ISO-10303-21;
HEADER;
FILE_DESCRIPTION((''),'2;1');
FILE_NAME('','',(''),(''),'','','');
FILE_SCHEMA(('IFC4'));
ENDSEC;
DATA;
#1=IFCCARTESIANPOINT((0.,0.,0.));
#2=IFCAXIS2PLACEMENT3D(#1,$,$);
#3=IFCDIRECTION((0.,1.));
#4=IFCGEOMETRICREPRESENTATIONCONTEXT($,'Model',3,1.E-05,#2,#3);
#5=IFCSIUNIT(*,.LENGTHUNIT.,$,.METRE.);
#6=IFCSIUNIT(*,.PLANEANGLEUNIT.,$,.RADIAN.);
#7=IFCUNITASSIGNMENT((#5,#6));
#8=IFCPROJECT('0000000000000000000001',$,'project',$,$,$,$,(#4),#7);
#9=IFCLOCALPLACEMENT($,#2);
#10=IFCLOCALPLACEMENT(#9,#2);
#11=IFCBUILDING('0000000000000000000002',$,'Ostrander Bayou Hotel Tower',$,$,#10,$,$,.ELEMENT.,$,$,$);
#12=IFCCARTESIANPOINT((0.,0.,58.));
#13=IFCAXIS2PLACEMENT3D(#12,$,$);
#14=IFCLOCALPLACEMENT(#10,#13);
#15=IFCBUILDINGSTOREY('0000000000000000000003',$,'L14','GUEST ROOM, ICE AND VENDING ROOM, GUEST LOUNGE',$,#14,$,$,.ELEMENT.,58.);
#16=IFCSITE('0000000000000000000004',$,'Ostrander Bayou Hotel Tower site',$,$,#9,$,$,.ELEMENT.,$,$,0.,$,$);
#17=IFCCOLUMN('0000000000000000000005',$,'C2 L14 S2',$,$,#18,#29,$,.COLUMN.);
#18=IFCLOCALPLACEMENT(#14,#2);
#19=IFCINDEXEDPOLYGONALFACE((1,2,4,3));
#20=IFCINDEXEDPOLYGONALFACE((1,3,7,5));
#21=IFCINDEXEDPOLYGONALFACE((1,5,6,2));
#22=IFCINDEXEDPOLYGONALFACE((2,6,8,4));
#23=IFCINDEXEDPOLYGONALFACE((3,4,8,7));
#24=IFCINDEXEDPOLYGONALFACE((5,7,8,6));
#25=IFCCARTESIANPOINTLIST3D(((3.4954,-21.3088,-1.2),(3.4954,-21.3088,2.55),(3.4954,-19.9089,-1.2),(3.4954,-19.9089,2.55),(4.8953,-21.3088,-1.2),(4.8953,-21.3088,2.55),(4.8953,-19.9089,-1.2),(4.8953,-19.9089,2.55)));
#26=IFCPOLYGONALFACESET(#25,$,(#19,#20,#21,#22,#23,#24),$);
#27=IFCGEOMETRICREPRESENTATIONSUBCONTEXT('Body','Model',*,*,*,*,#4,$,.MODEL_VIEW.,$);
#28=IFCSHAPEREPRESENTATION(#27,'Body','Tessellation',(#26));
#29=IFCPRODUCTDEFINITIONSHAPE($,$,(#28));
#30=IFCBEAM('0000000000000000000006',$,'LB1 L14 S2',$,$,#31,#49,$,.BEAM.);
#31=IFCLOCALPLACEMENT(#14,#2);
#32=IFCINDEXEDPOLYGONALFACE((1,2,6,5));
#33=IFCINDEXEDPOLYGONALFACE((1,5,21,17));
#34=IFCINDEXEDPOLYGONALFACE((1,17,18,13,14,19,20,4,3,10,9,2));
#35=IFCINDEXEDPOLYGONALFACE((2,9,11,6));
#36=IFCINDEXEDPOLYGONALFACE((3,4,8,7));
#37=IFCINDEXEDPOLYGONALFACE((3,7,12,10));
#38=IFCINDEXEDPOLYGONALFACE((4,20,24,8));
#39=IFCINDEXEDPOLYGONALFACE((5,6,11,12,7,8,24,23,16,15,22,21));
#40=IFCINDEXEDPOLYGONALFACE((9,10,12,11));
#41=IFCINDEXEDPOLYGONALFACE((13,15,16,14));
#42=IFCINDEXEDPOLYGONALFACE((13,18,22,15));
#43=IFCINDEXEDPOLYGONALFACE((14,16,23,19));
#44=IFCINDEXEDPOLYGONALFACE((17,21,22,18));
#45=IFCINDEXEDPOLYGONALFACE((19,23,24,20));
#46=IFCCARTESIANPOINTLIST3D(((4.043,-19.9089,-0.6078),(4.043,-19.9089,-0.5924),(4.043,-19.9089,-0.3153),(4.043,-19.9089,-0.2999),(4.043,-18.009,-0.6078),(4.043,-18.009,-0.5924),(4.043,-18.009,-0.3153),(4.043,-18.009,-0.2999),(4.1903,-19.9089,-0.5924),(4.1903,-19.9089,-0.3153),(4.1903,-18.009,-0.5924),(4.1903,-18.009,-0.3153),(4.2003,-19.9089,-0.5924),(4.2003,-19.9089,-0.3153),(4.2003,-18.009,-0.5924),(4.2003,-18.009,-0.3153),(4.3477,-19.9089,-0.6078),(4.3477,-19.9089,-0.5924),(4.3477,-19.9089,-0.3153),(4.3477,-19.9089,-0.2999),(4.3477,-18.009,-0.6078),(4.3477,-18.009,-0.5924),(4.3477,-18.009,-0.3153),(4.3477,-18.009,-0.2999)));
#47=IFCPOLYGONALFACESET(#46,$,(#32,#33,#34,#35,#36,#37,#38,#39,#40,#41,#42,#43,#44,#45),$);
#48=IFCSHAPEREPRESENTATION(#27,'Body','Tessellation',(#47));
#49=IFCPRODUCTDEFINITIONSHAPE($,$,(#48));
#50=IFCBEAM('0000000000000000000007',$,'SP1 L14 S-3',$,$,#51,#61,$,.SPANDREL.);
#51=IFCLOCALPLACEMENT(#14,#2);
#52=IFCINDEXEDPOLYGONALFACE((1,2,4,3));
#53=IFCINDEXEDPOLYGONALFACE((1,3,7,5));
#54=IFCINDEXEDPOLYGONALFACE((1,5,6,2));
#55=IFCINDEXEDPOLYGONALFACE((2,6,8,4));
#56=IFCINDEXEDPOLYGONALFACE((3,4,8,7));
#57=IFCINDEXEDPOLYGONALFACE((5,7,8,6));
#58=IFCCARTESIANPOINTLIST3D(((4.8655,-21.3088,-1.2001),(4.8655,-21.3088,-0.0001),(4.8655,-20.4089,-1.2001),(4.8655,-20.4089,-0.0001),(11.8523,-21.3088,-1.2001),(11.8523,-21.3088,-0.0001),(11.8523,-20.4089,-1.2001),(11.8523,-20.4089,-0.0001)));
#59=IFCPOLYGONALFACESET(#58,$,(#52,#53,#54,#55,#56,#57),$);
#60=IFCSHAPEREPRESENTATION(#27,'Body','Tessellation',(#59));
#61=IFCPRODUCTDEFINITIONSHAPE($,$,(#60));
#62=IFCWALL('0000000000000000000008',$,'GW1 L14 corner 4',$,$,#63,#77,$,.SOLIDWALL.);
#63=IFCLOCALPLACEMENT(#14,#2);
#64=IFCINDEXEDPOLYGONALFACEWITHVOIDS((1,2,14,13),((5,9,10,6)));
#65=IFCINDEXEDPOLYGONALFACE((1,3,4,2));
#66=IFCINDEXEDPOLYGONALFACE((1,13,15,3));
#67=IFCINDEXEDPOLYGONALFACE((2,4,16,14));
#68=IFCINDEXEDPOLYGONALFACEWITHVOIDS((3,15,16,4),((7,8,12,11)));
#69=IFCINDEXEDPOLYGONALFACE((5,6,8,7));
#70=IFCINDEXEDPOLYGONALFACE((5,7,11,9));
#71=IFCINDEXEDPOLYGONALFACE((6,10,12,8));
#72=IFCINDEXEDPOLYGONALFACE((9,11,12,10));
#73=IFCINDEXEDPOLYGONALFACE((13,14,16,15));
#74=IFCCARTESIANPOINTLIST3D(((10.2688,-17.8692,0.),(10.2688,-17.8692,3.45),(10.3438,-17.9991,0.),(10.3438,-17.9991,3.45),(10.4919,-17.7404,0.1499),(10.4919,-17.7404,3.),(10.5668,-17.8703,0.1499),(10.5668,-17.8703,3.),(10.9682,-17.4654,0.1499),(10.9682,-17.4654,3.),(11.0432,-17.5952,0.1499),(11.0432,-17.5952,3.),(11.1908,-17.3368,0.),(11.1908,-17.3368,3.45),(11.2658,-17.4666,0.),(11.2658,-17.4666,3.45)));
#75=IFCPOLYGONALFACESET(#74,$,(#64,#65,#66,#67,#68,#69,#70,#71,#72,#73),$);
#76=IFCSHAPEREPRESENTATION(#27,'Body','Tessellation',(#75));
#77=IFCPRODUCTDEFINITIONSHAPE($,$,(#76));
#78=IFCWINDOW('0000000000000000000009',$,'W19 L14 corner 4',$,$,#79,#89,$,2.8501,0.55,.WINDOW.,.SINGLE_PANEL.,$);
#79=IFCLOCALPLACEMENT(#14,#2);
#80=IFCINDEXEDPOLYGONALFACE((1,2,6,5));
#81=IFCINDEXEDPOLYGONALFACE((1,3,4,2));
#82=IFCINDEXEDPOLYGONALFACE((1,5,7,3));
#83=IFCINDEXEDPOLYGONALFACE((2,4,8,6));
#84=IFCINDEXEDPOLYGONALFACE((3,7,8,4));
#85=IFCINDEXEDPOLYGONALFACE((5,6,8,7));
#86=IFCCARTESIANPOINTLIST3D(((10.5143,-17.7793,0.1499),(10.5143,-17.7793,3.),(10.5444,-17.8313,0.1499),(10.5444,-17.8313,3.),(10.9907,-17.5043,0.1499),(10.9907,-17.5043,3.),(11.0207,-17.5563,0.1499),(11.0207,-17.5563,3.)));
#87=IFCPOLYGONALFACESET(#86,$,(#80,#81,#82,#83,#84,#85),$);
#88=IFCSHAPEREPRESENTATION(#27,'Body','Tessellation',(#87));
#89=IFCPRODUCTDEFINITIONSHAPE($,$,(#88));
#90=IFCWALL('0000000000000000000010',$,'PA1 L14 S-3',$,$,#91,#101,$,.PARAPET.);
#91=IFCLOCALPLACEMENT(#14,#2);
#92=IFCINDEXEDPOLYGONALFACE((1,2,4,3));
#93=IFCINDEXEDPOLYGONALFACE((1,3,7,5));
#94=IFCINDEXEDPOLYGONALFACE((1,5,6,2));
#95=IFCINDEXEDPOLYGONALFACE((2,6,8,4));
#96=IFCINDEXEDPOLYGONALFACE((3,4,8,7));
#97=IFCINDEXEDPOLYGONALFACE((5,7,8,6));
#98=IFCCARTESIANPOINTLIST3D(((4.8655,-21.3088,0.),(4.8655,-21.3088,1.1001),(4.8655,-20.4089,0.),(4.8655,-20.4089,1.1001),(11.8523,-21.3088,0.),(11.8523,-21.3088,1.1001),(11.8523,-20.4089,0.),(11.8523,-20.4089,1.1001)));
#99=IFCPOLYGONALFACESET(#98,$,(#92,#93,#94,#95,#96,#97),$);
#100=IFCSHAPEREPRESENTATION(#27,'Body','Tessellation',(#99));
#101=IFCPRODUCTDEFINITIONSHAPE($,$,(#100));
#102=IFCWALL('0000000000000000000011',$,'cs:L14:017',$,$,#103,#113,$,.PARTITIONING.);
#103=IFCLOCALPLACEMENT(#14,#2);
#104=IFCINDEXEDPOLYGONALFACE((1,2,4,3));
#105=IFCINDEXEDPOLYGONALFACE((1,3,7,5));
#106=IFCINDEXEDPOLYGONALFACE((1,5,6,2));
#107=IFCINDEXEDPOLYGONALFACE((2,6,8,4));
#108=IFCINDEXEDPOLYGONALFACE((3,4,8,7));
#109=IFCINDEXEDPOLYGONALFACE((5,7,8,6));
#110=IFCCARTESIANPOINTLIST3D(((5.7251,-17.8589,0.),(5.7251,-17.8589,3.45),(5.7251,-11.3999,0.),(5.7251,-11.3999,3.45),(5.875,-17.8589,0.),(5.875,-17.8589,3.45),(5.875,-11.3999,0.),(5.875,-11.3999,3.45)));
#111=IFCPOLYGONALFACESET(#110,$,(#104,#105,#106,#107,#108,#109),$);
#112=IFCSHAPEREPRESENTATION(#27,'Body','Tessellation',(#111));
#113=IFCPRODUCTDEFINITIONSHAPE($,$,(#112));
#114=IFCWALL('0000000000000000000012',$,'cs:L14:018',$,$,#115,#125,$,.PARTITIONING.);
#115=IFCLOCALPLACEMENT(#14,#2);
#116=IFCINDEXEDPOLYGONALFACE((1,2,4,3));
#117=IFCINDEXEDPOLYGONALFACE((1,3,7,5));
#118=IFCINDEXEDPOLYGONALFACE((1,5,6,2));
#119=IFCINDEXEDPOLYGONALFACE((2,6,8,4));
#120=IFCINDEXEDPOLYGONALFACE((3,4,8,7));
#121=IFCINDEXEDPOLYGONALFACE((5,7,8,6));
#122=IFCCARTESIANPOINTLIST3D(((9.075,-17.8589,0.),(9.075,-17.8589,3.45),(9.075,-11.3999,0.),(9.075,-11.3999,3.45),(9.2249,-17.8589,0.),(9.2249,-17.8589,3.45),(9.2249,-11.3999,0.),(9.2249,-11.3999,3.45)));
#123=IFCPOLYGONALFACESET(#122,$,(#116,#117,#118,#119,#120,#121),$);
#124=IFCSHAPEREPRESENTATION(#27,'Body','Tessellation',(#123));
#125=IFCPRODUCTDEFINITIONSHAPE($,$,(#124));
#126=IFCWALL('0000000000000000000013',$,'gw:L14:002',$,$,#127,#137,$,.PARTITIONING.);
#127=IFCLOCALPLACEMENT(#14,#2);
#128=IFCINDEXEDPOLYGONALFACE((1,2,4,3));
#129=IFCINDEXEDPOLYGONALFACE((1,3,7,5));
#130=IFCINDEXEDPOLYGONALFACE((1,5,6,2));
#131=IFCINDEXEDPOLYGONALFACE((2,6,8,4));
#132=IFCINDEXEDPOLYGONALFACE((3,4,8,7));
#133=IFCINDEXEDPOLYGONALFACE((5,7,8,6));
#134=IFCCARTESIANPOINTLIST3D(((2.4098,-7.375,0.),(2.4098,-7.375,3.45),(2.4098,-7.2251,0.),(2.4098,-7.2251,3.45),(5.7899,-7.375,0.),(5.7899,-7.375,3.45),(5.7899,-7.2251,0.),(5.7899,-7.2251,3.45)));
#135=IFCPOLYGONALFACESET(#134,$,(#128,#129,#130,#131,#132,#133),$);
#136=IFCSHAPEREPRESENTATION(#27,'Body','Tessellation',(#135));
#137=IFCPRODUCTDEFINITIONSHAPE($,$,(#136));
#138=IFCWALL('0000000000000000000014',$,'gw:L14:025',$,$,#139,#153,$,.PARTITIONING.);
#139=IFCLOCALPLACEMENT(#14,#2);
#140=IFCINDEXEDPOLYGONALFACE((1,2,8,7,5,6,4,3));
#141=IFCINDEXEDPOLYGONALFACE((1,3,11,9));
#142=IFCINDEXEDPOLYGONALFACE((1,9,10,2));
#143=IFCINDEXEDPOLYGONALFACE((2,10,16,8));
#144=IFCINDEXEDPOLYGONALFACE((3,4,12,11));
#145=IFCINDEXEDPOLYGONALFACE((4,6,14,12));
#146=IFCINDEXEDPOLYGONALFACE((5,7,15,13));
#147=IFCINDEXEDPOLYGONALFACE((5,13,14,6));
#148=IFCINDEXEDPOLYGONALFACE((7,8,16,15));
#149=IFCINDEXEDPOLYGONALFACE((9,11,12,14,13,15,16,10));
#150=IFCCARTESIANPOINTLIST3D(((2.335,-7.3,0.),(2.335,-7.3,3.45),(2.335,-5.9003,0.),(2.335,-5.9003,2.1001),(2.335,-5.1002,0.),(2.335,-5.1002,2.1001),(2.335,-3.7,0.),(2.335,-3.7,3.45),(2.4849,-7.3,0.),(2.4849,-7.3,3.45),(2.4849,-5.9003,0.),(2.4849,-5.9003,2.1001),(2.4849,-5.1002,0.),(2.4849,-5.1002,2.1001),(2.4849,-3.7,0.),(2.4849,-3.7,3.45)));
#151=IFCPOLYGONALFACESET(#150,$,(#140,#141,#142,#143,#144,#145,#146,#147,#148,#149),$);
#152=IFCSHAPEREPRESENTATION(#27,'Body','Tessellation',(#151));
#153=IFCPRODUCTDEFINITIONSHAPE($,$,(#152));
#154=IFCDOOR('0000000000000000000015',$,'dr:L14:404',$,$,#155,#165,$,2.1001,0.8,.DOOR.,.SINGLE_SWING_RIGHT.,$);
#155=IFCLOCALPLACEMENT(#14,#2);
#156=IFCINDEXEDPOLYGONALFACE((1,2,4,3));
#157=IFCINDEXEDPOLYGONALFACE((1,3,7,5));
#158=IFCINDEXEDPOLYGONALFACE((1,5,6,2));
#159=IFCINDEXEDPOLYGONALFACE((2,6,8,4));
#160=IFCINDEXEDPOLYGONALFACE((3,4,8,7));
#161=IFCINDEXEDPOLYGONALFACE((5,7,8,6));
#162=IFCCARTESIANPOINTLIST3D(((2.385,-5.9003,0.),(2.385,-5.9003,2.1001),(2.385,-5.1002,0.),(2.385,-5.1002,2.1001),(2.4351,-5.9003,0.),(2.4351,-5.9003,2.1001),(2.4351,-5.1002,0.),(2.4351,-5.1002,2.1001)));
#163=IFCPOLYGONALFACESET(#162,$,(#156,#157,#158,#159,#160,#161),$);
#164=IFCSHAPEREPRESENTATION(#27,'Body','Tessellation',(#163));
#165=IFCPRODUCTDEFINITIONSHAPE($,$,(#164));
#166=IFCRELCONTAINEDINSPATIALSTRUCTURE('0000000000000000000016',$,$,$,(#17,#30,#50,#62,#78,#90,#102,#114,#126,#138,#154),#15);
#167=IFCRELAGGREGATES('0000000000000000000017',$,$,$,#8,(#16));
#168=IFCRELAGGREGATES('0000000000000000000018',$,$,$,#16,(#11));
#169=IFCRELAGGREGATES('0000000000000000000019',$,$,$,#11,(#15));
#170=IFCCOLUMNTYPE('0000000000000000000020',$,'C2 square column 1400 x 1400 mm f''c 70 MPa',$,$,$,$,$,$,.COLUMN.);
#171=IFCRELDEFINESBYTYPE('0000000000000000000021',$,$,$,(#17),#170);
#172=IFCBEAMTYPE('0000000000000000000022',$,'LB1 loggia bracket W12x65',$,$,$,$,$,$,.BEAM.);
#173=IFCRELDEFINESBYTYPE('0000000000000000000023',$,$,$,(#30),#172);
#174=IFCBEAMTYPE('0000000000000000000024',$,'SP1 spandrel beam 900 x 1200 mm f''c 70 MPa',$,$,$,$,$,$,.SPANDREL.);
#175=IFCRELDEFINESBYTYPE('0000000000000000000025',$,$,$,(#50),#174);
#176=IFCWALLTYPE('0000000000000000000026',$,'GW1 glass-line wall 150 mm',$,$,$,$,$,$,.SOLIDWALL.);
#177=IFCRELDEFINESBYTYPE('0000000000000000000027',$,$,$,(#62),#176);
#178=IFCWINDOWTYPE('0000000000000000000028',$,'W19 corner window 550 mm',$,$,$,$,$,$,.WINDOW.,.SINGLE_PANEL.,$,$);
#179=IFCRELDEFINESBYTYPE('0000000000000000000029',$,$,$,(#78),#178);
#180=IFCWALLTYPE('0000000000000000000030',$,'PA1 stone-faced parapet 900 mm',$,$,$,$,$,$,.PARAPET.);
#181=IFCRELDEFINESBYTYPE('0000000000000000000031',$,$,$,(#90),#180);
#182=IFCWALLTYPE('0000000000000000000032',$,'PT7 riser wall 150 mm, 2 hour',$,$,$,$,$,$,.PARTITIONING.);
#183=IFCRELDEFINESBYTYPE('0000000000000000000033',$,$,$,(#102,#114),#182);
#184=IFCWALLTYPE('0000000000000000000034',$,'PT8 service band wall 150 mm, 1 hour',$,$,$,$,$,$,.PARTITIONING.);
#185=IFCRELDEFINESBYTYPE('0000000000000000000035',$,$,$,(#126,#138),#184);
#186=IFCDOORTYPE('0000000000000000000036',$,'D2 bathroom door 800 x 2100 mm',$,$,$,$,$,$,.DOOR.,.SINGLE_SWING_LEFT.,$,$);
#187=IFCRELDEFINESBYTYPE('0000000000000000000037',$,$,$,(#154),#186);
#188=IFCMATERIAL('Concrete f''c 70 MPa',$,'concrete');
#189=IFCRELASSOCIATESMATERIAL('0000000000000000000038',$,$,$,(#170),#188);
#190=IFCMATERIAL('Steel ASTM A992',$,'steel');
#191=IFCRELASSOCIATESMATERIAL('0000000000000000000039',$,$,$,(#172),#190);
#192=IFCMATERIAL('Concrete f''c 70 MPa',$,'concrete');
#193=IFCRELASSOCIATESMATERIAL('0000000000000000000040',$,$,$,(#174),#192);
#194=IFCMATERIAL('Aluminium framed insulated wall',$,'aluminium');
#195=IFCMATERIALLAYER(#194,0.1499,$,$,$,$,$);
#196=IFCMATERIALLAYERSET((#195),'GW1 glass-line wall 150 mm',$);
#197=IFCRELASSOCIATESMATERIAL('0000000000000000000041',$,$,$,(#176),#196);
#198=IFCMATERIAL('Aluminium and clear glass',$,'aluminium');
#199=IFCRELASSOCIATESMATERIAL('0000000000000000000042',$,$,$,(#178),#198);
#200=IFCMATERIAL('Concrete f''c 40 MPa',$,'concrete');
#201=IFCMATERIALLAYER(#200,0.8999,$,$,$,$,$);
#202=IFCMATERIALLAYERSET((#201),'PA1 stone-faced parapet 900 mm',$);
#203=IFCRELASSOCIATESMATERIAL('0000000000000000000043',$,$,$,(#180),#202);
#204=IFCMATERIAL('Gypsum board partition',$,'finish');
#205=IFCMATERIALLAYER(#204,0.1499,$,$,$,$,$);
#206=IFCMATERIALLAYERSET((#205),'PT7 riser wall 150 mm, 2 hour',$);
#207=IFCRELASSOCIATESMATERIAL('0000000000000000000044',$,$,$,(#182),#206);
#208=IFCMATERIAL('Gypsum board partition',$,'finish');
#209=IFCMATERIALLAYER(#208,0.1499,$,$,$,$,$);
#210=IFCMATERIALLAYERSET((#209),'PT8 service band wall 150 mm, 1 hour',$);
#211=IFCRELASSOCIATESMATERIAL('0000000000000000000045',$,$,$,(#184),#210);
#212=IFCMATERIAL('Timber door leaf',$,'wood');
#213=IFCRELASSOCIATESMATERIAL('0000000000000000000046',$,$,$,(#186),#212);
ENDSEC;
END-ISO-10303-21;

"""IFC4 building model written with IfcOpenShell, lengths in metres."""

from ifc_helpers import new_model, si_unit, direction, frame, frame_2d, origin, origin_2d, place, context, subcontext, project, spatial, rectangle, i_section, extrude, material, layer, layer_set, material_profile, profile_set, type_object, element, fill, save


model = new_model("IFC4")

# Units and contexts
model_context = context("Model", 3, precision=1e-05, world=origin(), true_north=direction((0.0, 1.0)))
body_context = subcontext(model_context, "Body", "Model", "MODEL_VIEW")
ifc_project = project(units=[si_unit("LENGTHUNIT", "METRE"), si_unit("PLANEANGLEUNIT", "RADIAN")], contexts=[model_context])

# Site, building, storey
site_placement = place(None, origin())
site = spatial("IfcSite", under=ifc_project, at=site_placement, Name="Ostrander Bayou Hotel Tower site", CompositionType="ELEMENT", RefElevation=0.0)
building_placement = place(site_placement, origin())
building = spatial("IfcBuilding", under=site, at=building_placement, Name="Ostrander Bayou Hotel Tower", CompositionType="ELEMENT")
storey_placement = place(building_placement, frame((0.0, 0.0, 58.0)))
storey = spatial("IfcBuildingStorey", under=building, at=storey_placement, Name="L14", Description="GUEST ROOM, ICE AND VENDING ROOM, GUEST LOUNGE", CompositionType="ELEMENT", Elevation=58.0)

# Column
ifc_material_1 = material(Name="Concrete f'c 70 MPa", Category="concrete")
ifc_material_profile_1 = material_profile(ifc_material_1, rectangle(XDim=1.3999, YDim=1.3999, at=origin_2d()))
ifc_profile_set_1 = profile_set([ifc_material_profile_1], Name="Concrete f'c 70 MPa")
column_type = type_object("IfcColumnType", Name="C2 square column 1400 x 1400 mm f'c 70 MPa", PredefinedType="COLUMN", material=ifc_profile_set_1)
column_placement = place(storey_placement, frame((4.1953, -20.6089, -1.2), z_axis=(0.0, 0.0, 1.0), x_axis=(-1.0, 0.0, 0.0)))
element("IfcColumn", 1, at=column_placement, inside=storey, type_object=column_type, Name="C2 L14 S2", PredefinedType="COLUMN", context=body_context, shape_type="SweptSolid", body=[
    extrude(rectangle(XDim=1.3999, YDim=1.3999, at=origin_2d()), origin(), (0.0, 0.0, 1.0), 3.75),
])

# Beams
ifc_material_2 = material(Name="Steel ASTM A992", Category="steel")
ifc_material_profile_2 = material_profile(ifc_material_2, i_section(OverallWidth=0.3047, OverallDepth=0.3079, WebThickness=0.01, FlangeThickness=0.0154, at=origin_2d()))
ifc_profile_set_2 = profile_set([ifc_material_profile_2], Name="Steel ASTM A992")
beam_type_1 = type_object("IfcBeamType", Name="LB1 loggia bracket W12x65", PredefinedType="BEAM", material=ifc_profile_set_2)
beam_1_placement = place(storey_placement, frame((4.1953, -19.9089, -0.4539), z_axis=(0.0, 1.0, 0.0), x_axis=(-1.0, 0.0, 0.0)))
element("IfcBeam", 2, at=beam_1_placement, inside=storey, type_object=beam_type_1, Name="LB1 L14 S2", PredefinedType="BEAM", context=body_context, shape_type="SweptSolid", body=[
    extrude(i_section(OverallWidth=0.3047, OverallDepth=0.3079, WebThickness=0.01, FlangeThickness=0.0154, at=origin_2d()), origin(), (0.0, 0.0, 1.0), 1.8999),
])
ifc_material_3 = material(Name="Concrete f'c 70 MPa", Category="concrete")
ifc_material_profile_3 = material_profile(ifc_material_3, rectangle(XDim=0.8999, YDim=1.2, at=origin_2d()))
ifc_profile_set_3 = profile_set([ifc_material_profile_3], Name="Concrete f'c 70 MPa")
beam_type_2 = type_object("IfcBeamType", Name="SP1 spandrel beam 900 x 1200 mm f'c 70 MPa", PredefinedType="SPANDREL", material=ifc_profile_set_3)
beam_2_placement = place(storey_placement, frame((4.8655, -20.8589, -0.6001), z_axis=(1.0, 0.0, 0.0), x_axis=(0.0, 1.0, 0.0)))
element("IfcBeam", 3, at=beam_2_placement, inside=storey, type_object=beam_type_2, Name="SP1 L14 S-3", PredefinedType="SPANDREL", context=body_context, shape_type="SweptSolid", body=[
    extrude(rectangle(XDim=0.8999, YDim=1.2, at=origin_2d()), origin(), (0.0, 0.0, 1.0), 6.9868),
])

# Shared definitions
ifc_material_4 = material(Name="Aluminium framed insulated wall", Category="aluminium")
ifc_layer_1 = layer(ifc_material_4, 0.1499)
ifc_layer_set_1 = layer_set([ifc_layer_1], Name="GW1 glass-line wall 150 mm")
wall_type_1 = type_object("IfcWallType", Name="GW1 glass-line wall 150 mm", PredefinedType="SOLIDWALL", material=ifc_layer_set_1)

# Wall, opening, window
wall_1_placement = place(storey_placement, frame((10.3064, -17.9341, 0.0), z_axis=(0.0, 0.0, 1.0), x_axis=(0.865991, 0.50006, 0.0)))
wall_1 = element("IfcWall", 4, at=wall_1_placement, inside=storey, type_object=wall_type_1, Name="GW1 L14 corner 4", PredefinedType="SOLIDWALL", context=body_context, shape_type="SweptSolid", body=[
    extrude(rectangle(XDim=1.0647, YDim=0.1499, at=frame_2d((0.5322, 0.0))), origin(), (0.0, 0.0, 1.0), 3.45),
])
opening_1_placement = place(wall_1_placement, frame((0.2576, 0.0, 0.1499)))
opening_1 = element("IfcOpeningElement", 5, at=opening_1_placement, cuts=wall_1, PredefinedType="OPENING", context=body_context, shape_type="SweptSolid", body=[
    extrude(rectangle(XDim=0.55, YDim=2.8501, at=frame_2d((0.2749, 1.425))), frame((0.0, 0.075, 0.0), z_axis=(0.0, -1.0, 0.0), x_axis=(1.0, 0.0, 0.0)), (0.0, 0.0, 1.0), 0.1499),
])
ifc_material_5 = material(Name="Aluminium and clear glass", Category="aluminium")
window_type_1 = type_object("IfcWindowType", Name="W19 corner window 550 mm", PartitioningType="SINGLE_PANEL", PredefinedType="WINDOW", material=ifc_material_5)
window_1_placement = place(opening_1_placement, origin())
window_1 = element("IfcWindow", 6, at=window_1_placement, inside=storey, type_object=window_type_1, Name="W19 L14 corner 4", OverallHeight=2.8501, OverallWidth=0.55, PartitioningType="SINGLE_PANEL", PredefinedType="WINDOW", context=body_context, shape_type="SweptSolid", body=[
    extrude(rectangle(XDim=0.55, YDim=2.8501, at=frame_2d((0.2749, 1.425))), frame((0.0, 0.03, 0.0), z_axis=(0.0, -1.0, 0.0), x_axis=(1.0, 0.0, 0.0)), (0.0, 0.0, 1.0), 0.0601),
])
fill(opening_1, window_1)

# Walls
ifc_material_6 = material(Name="Concrete f'c 40 MPa", Category="concrete")
ifc_layer_2 = layer(ifc_material_6, 0.8999)
ifc_layer_set_2 = layer_set([ifc_layer_2], Name="PA1 stone-faced parapet 900 mm")
wall_type_2 = type_object("IfcWallType", Name="PA1 stone-faced parapet 900 mm", PredefinedType="PARAPET", material=ifc_layer_set_2)
wall_2_placement = place(storey_placement, frame((4.8655, -20.8589, 0.0), z_axis=(0.0, 0.0, 1.0), x_axis=(1.0, 0.0, 0.0)))
element("IfcWall", 7, at=wall_2_placement, inside=storey, type_object=wall_type_2, Name="PA1 L14 S-3", PredefinedType="PARAPET", context=body_context, shape_type="SweptSolid", body=[
    extrude(rectangle(XDim=6.9868, YDim=0.8999, at=frame_2d((3.4934, 0.0))), origin(), (0.0, 0.0, 1.0), 1.1001),
])
ifc_material_7 = material(Name="Gypsum board partition", Category="finish")
ifc_layer_3 = layer(ifc_material_7, 0.1499)
ifc_layer_set_3 = layer_set([ifc_layer_3], Name="PT7 riser wall 150 mm, 2 hour")
wall_type_3 = type_object("IfcWallType", Name="PT7 riser wall 150 mm, 2 hour", PredefinedType="PARTITIONING", material=ifc_layer_set_3)
for number, where, z_axis, x_axis, name in (
    (8, (5.8, -11.3999, 0.0), (0.0, 0.0, 1.0), (0.0, -1.0, 0.0), "cs:L14:017"),
    (9, (9.1499, -11.3999, 0.0), (0.0, 0.0, 1.0), (0.0, -1.0, 0.0), "cs:L14:018"),
):
    element("IfcWall", number, at=place(storey_placement, frame(where, z_axis=z_axis, x_axis=x_axis)), inside=storey, type_object=wall_type_3, Name=name, PredefinedType="PARTITIONING", context=body_context, shape_type="SweptSolid", body=[
        extrude(rectangle(XDim=6.459, YDim=0.1499, at=frame_2d((3.2295, 0.0))), origin(), (0.0, 0.0, 1.0), 3.45),
    ])
ifc_material_8 = material(Name="Gypsum board partition", Category="finish")
ifc_layer_4 = layer(ifc_material_8, 0.1499)
ifc_layer_set_4 = layer_set([ifc_layer_4], Name="PT8 service band wall 150 mm, 1 hour")
wall_type_4 = type_object("IfcWallType", Name="PT8 service band wall 150 mm, 1 hour", PredefinedType="PARTITIONING", material=ifc_layer_set_4)
wall_3_placement = place(storey_placement, frame((2.4099, -7.3, 0.0), z_axis=(0.0, 0.0, 1.0), x_axis=(1.0, 0.0, 0.0)))
element("IfcWall", 10, at=wall_3_placement, inside=storey, type_object=wall_type_4, Name="gw:L14:002", PredefinedType="PARTITIONING", context=body_context, shape_type="SweptSolid", body=[
    extrude(rectangle(XDim=3.3801, YDim=0.1499, at=frame_2d((1.6899, 0.0))), origin(), (0.0, 0.0, 1.0), 3.45),
])

# Wall, opening, door
wall_4_placement = place(storey_placement, frame((2.4099, -7.3, 0.0), z_axis=(0.0, 0.0, 1.0), x_axis=(0.0, 1.0, 0.0)))
wall_4 = element("IfcWall", 11, at=wall_4_placement, inside=storey, type_object=wall_type_4, Name="gw:L14:025", PredefinedType="PARTITIONING", context=body_context, shape_type="SweptSolid", body=[
    extrude(rectangle(XDim=3.6001, YDim=0.1499, at=frame_2d((1.8, 0.0))), origin(), (0.0, 0.0, 1.0), 3.45),
])
opening_2_placement = place(wall_4_placement, frame((1.3999, 0.0, 0.0)))
opening_2 = element("IfcOpeningElement", 12, at=opening_2_placement, cuts=wall_4, PredefinedType="OPENING", context=body_context, shape_type="SweptSolid", body=[
    extrude(rectangle(XDim=0.8, YDim=2.1001, at=frame_2d((0.3999, 1.05))), frame((0.0, 0.075, 0.0), z_axis=(0.0, -1.0, 0.0), x_axis=(1.0, 0.0, 0.0)), (0.0, 0.0, 1.0), 0.1499),
])
ifc_material_9 = material(Name="Timber door leaf", Category="wood")
door_type_1 = type_object("IfcDoorType", Name="D2 bathroom door 800 x 2100 mm", OperationType="SINGLE_SWING_LEFT", PredefinedType="DOOR", material=ifc_material_9)
door_1_placement = place(opening_2_placement, origin())
door_1 = element("IfcDoor", 13, at=door_1_placement, inside=storey, type_object=door_type_1, Name="dr:L14:404", OperationType="SINGLE_SWING_RIGHT", OverallHeight=2.1001, OverallWidth=0.8, PredefinedType="DOOR", context=body_context, shape_type="SweptSolid", body=[
    extrude(rectangle(XDim=0.8, YDim=2.1001, at=frame_2d((0.3999, 1.05))), frame((0.0, 0.0249, 0.0), z_axis=(0.0, -1.0, 0.0), x_axis=(1.0, 0.0, 0.0)), (0.0, 0.0, 1.0), 0.05),
])
fill(opening_2, door_1)

save(model, "model.ifc")
